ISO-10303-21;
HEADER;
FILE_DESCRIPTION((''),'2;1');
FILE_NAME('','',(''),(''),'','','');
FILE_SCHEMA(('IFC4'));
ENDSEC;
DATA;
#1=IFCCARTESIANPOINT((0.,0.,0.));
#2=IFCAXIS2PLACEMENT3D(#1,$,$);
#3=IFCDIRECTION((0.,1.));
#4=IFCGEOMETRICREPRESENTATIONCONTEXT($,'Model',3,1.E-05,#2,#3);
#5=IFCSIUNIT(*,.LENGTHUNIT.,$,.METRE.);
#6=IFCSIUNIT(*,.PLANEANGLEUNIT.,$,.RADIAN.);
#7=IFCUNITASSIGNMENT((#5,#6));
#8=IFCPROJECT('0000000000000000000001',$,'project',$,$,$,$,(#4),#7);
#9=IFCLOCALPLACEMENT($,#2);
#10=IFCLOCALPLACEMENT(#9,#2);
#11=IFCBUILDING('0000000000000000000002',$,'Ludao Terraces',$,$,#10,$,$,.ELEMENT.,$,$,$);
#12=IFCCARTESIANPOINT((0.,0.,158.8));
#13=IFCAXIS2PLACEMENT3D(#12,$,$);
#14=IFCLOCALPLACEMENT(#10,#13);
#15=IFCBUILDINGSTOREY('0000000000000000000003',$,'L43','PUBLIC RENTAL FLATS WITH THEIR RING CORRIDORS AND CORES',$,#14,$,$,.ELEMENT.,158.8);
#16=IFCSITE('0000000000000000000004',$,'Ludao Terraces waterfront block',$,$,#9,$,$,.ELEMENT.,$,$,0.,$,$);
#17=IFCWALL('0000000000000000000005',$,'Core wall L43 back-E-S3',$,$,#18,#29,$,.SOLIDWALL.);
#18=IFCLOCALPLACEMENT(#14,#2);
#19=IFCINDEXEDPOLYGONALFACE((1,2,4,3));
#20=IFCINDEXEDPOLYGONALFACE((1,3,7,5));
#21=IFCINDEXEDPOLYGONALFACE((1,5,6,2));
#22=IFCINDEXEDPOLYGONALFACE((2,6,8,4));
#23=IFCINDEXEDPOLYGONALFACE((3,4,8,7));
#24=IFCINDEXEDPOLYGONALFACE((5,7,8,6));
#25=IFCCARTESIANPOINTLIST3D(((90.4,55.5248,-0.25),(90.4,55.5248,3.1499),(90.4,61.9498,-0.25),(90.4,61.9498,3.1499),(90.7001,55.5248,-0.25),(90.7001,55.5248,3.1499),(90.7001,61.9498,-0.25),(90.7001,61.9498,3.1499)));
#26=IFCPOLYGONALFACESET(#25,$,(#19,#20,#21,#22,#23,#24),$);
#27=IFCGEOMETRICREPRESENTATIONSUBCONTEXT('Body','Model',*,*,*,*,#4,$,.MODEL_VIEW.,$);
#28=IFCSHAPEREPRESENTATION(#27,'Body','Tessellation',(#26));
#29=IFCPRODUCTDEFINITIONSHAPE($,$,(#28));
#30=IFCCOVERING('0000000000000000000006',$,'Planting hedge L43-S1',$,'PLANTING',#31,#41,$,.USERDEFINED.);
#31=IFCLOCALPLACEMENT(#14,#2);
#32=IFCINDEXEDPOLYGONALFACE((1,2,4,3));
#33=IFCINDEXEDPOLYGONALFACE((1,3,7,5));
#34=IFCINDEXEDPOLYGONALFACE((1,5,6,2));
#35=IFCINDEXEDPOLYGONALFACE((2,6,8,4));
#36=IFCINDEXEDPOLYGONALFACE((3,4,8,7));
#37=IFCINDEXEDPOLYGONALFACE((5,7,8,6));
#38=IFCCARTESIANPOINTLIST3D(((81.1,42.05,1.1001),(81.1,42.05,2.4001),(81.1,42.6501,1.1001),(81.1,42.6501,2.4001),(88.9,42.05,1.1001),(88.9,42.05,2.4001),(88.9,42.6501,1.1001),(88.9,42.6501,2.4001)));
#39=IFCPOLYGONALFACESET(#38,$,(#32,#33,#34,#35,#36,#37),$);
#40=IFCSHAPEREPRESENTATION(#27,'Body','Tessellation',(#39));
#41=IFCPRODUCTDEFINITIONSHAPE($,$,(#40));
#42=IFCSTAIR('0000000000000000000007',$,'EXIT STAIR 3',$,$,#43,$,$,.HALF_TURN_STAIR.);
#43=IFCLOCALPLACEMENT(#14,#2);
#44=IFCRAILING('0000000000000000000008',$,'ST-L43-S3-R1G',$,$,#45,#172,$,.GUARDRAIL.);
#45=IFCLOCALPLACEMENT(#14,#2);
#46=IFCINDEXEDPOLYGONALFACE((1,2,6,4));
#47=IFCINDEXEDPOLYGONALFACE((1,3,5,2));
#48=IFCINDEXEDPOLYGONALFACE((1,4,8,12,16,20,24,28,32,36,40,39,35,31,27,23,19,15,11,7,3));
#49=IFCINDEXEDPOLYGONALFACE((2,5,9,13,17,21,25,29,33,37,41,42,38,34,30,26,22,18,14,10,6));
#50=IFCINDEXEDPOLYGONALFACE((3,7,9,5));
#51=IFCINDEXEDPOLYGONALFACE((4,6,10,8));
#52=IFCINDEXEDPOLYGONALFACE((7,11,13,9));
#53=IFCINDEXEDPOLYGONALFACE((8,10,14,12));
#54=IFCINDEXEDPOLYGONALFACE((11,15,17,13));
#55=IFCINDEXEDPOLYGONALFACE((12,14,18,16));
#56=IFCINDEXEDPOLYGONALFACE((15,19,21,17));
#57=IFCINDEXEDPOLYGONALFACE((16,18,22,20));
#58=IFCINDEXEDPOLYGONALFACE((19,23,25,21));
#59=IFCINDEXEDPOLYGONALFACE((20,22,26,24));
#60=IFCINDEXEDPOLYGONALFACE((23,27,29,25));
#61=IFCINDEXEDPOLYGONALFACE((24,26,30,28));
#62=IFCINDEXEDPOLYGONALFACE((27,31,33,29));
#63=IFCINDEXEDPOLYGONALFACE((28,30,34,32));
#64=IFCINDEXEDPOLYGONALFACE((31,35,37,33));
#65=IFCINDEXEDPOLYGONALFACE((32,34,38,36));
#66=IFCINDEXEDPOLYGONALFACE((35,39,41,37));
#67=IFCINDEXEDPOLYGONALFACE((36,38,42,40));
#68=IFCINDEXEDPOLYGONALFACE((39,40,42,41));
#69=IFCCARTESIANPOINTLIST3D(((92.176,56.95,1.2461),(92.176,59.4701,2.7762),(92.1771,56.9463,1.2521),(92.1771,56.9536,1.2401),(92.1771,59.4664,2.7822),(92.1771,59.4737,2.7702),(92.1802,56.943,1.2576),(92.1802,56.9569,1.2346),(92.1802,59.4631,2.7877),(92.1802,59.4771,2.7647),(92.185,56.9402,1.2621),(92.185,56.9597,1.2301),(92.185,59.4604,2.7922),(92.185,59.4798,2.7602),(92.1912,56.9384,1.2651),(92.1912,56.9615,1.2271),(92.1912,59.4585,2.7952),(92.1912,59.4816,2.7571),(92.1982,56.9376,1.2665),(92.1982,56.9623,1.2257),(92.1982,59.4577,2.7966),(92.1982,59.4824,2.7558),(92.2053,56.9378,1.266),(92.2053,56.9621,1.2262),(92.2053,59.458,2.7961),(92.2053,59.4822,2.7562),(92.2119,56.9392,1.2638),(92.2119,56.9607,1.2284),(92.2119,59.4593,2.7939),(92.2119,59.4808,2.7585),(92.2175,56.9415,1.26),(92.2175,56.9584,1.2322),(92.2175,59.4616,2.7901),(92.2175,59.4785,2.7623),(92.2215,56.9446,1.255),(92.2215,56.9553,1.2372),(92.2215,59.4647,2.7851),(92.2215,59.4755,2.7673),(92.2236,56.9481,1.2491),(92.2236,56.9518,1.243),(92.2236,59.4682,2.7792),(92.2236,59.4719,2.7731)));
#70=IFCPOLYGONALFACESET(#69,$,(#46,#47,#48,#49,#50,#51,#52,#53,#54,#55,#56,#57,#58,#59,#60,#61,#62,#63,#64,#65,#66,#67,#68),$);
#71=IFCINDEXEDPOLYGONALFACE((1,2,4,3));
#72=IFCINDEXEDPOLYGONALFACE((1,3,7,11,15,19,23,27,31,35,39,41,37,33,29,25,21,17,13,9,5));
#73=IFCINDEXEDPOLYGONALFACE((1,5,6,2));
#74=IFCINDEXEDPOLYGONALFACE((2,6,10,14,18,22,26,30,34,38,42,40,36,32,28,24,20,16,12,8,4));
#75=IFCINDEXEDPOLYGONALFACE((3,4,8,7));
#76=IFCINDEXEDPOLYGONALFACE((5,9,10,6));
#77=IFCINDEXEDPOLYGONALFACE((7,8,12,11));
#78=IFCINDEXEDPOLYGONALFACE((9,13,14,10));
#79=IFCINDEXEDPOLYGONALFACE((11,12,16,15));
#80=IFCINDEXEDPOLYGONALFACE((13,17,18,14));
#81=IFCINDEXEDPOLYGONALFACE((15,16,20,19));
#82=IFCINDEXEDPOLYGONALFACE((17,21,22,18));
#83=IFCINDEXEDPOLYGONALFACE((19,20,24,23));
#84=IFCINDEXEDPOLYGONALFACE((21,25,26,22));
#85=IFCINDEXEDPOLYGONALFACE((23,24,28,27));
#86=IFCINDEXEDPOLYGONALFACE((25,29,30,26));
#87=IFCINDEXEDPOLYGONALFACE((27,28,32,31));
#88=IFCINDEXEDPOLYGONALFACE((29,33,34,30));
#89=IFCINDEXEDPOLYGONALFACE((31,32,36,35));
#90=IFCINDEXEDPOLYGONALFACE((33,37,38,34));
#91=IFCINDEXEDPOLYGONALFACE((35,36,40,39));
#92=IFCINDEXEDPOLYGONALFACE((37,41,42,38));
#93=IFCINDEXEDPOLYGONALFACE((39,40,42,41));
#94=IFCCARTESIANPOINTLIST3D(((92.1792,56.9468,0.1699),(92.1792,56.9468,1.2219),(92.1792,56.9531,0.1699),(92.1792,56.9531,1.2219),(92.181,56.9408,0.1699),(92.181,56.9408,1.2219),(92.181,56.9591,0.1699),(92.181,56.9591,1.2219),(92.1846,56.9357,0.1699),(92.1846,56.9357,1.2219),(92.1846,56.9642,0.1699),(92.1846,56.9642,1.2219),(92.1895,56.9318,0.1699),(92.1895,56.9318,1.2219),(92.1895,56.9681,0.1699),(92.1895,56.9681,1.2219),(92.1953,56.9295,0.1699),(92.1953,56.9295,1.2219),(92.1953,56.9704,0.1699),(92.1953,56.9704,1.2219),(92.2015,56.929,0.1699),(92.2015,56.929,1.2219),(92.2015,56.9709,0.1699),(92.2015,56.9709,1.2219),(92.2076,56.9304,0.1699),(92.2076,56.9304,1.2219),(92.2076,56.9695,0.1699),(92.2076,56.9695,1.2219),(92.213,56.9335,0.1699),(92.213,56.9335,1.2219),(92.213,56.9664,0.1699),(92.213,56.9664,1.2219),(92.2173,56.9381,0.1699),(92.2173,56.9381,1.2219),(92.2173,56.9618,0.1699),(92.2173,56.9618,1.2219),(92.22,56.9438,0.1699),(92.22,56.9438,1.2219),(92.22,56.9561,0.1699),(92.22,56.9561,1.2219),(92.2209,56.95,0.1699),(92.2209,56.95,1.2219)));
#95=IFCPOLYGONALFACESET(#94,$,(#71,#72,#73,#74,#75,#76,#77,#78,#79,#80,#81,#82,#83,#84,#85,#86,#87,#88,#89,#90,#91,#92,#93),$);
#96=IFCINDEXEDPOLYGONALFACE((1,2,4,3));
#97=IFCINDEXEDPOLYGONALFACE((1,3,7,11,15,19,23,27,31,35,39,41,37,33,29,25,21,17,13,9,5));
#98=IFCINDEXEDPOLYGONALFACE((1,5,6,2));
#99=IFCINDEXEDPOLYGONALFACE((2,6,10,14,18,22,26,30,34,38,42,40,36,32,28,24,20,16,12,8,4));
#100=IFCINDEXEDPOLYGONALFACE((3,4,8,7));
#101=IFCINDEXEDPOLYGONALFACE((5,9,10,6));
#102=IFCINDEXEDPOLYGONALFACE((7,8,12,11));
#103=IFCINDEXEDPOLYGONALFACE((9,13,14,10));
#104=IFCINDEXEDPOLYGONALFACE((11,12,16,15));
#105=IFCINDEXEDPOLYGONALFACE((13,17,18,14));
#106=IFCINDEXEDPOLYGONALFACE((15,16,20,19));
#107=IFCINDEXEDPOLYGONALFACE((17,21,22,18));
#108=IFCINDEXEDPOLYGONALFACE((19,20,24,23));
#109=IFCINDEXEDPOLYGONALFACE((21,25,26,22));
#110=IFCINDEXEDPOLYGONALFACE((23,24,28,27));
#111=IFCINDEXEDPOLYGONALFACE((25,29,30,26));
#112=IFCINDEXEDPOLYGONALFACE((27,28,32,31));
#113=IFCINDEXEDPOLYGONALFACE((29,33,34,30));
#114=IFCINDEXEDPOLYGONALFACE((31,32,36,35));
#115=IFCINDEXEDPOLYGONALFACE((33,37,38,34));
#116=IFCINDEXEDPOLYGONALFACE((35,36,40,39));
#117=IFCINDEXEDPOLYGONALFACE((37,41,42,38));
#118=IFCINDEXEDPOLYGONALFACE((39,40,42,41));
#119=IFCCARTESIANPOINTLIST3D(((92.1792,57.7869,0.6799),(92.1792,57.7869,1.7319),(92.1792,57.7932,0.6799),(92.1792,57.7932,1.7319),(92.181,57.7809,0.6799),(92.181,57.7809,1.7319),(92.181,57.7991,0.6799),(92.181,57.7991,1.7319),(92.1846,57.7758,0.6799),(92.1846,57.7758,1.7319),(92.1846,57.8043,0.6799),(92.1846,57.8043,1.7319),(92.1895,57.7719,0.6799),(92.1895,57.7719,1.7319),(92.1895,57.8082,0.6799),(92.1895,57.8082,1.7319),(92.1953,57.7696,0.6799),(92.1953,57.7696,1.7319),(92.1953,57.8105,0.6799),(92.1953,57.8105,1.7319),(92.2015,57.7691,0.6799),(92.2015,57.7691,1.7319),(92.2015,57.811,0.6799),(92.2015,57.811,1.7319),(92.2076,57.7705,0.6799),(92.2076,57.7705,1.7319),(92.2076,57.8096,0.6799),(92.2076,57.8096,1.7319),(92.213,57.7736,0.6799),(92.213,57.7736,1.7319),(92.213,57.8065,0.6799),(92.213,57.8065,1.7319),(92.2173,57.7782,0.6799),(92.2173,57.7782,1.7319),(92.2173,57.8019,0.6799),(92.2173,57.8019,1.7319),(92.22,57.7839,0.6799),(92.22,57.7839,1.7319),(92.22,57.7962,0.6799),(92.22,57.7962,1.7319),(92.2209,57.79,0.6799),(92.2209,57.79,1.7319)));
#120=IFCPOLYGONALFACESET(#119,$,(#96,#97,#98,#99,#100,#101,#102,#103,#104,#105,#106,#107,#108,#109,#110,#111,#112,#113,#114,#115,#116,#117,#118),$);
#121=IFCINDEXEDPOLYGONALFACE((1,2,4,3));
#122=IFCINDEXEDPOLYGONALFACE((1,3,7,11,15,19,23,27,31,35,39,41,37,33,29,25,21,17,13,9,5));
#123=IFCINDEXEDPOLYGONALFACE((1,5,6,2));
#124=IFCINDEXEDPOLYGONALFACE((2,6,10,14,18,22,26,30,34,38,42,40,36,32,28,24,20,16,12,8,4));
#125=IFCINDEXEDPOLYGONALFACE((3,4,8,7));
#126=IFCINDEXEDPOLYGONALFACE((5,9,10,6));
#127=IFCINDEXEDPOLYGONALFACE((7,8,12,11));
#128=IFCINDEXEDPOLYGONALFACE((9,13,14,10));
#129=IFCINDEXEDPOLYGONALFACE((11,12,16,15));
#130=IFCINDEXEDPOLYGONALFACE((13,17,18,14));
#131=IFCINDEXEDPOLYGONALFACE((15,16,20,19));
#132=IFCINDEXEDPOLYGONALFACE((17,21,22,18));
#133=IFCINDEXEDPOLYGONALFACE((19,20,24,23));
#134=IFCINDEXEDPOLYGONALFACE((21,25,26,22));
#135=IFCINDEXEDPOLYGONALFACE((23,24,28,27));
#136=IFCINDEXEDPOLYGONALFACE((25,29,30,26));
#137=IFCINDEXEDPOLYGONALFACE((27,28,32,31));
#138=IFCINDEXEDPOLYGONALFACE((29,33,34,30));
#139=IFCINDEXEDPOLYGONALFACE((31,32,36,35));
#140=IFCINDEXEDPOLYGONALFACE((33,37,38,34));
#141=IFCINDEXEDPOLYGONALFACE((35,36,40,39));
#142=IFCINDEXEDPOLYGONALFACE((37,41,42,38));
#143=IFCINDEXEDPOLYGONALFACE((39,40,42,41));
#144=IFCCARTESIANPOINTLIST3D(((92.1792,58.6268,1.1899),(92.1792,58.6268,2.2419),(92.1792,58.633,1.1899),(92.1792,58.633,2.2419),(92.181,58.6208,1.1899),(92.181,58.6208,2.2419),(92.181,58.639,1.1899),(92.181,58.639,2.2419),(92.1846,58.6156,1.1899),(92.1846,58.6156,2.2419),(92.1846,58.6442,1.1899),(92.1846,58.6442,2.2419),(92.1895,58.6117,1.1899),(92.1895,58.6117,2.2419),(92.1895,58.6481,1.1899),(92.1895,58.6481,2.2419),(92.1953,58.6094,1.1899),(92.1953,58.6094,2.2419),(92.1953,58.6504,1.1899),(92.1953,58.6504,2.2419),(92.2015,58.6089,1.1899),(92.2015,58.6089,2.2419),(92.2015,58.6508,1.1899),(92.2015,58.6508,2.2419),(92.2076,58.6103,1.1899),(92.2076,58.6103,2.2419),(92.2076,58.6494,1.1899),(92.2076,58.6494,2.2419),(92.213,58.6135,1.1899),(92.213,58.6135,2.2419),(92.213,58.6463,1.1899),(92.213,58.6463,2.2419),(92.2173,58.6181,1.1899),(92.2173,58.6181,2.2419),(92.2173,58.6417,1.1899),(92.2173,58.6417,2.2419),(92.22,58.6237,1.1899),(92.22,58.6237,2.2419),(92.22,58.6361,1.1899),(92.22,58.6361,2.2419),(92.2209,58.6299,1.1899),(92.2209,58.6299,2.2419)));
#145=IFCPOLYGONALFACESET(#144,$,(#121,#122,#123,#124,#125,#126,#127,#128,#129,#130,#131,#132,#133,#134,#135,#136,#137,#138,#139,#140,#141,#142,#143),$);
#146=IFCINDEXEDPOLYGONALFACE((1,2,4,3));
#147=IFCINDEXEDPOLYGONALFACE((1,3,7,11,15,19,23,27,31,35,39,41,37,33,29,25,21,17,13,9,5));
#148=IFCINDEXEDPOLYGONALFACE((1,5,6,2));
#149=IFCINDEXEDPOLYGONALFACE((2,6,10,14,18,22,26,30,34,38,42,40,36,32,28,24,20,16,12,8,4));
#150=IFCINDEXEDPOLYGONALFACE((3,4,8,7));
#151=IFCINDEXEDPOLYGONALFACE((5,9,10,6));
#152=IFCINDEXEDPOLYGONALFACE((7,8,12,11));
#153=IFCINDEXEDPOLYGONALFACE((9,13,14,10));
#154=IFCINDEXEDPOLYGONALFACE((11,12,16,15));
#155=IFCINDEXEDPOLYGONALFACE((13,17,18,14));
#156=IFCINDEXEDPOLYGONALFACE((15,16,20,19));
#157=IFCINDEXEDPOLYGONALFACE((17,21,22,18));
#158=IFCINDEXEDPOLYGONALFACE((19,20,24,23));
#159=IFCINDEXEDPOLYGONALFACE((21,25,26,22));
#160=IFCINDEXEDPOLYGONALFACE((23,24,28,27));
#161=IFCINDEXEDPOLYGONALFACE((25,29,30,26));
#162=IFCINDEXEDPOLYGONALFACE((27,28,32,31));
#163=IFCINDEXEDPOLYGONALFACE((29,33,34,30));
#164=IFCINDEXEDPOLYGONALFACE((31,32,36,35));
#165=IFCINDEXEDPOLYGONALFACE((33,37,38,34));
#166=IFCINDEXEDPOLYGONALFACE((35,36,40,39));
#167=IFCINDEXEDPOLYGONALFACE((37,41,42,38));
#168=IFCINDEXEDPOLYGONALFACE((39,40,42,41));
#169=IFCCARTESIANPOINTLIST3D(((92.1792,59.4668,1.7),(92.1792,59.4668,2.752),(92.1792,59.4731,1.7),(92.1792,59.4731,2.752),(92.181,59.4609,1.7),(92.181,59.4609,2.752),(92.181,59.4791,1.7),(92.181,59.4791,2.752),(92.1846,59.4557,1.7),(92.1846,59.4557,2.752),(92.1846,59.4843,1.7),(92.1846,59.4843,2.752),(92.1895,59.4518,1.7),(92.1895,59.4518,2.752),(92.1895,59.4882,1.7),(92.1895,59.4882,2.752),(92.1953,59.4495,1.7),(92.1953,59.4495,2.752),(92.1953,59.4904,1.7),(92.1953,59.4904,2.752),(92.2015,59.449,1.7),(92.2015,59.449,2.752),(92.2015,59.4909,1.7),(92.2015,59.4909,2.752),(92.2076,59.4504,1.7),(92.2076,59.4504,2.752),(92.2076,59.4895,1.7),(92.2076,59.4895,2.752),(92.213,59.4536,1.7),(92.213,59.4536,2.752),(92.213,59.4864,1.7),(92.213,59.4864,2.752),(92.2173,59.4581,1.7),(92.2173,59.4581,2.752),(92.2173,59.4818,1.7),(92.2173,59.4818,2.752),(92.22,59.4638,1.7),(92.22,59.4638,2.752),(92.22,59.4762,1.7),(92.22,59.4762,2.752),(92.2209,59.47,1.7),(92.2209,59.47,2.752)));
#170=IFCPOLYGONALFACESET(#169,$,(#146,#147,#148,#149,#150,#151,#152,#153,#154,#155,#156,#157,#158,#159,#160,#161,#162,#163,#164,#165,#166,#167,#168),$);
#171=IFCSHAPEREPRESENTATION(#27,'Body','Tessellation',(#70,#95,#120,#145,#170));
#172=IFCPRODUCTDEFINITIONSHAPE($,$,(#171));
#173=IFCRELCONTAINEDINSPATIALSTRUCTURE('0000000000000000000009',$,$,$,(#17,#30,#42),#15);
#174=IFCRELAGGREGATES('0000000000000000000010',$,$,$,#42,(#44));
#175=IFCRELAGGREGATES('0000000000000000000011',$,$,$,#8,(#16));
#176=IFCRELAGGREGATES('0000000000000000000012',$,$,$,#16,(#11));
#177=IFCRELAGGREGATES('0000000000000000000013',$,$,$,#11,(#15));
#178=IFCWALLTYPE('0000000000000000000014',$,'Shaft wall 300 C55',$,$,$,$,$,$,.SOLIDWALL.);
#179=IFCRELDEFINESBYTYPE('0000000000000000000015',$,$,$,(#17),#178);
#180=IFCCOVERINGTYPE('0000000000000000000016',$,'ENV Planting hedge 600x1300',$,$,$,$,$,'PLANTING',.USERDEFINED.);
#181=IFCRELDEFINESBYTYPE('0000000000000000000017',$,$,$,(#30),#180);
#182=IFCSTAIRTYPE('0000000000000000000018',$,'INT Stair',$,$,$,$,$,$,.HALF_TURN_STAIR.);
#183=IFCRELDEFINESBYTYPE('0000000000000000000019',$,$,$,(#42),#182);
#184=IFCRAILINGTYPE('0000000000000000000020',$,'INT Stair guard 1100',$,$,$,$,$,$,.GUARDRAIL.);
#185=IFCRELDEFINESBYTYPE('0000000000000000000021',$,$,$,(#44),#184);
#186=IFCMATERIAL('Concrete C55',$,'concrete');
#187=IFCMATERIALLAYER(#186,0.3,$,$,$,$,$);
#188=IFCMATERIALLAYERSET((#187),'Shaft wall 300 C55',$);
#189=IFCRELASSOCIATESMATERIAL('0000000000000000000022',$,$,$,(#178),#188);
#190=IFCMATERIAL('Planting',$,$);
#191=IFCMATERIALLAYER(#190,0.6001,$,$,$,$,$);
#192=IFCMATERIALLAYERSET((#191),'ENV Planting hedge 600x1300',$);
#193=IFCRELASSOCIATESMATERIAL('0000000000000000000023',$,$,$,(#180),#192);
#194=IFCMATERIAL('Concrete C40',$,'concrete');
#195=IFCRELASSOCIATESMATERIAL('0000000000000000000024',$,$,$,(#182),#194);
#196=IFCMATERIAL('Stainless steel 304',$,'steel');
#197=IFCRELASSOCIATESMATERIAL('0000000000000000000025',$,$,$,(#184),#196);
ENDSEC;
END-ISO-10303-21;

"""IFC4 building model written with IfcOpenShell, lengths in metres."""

from ifc_helpers import new_model, si_unit, direction, frame, frame_2d, origin, origin_2d, place, context, subcontext, project, spatial, rectangle, circle, extrude, material, layer, layer_set, type_object, element, aggregate, save


model = new_model("IFC4")

# Units and contexts
model_context = context("Model", 3, precision=1e-05, world=origin(), true_north=direction((0.0, 1.0)))
body_context = subcontext(model_context, "Body", "Model", "MODEL_VIEW")
ifc_project = project(units=[si_unit("LENGTHUNIT", "METRE"), si_unit("PLANEANGLEUNIT", "RADIAN")], contexts=[model_context])

# Site, building, storey
site_placement = place(None, origin())
site = spatial("IfcSite", under=ifc_project, at=site_placement, Name="Ludao Terraces waterfront block", CompositionType="ELEMENT", RefElevation=0.0)
building_placement = place(site_placement, origin())
building = spatial("IfcBuilding", under=site, at=building_placement, Name="Ludao Terraces", CompositionType="ELEMENT")
storey_placement = place(building_placement, frame((0.0, 0.0, 158.8)))
storey = spatial("IfcBuildingStorey", under=building, at=storey_placement, Name="L43", Description="PUBLIC RENTAL FLATS WITH THEIR RING CORRIDORS AND CORES", CompositionType="ELEMENT", Elevation=158.8)

# Shared definitions
ifc_material_1 = material(Name="Concrete C40", Category="concrete")

# Wall
ifc_material_2 = material(Name="Concrete C55", Category="concrete")
ifc_layer_1 = layer(ifc_material_2, 0.3)
ifc_layer_set_1 = layer_set([ifc_layer_1], Name="Shaft wall 300 C55")
wall_type_1 = type_object("IfcWallType", Name="Shaft wall 300 C55", PredefinedType="SOLIDWALL", material=ifc_layer_set_1)
wall_1_placement = place(storey_placement, frame((90.55, 55.5249, -0.25), z_axis=(0.0, 0.0, 1.0), x_axis=(0.0, 1.0, 0.0)))
element("IfcWall", 1, at=wall_1_placement, inside=storey, type_object=wall_type_1, Name="Core wall L43 back-E-S3", PredefinedType="SOLIDWALL", context=body_context, shape_type="SweptSolid", body=[
    extrude(rectangle(XDim=6.425, YDim=0.3, at=frame_2d((3.2124, 0.0))), origin(), (0.0, 0.0, 1.0), 3.3999),
])

# Covering
ifc_material_3 = material(Name="Planting")
ifc_layer_2 = layer(ifc_material_3, 0.6001)
ifc_layer_set_2 = layer_set([ifc_layer_2], Name="ENV Planting hedge 600x1300")
covering_type = type_object("IfcCoveringType", Name="ENV Planting hedge 600x1300", ElementType="PLANTING", PredefinedType="USERDEFINED", material=ifc_layer_set_2)
covering_placement = place(storey_placement, frame((85.0, 42.3501, 1.1001), z_axis=(0.0, 0.0, 1.0), x_axis=(1.0, 0.0, 0.0)))
element("IfcCovering", 2, at=covering_placement, inside=storey, type_object=covering_type, Name="Planting hedge L43-S1", ObjectType="PLANTING", PredefinedType="USERDEFINED", context=body_context, shape_type="SweptSolid", body=[
    extrude(rectangle(XDim=7.8, YDim=0.6001, at=origin_2d()), origin(), (0.0, 0.0, 1.0), 1.3),
])

# Stair, railing
stair_type = type_object("IfcStairType", Name="INT Stair", PredefinedType="HALF_TURN_STAIR", material=ifc_material_1)
stair_placement = place(storey_placement, origin())
stair = element("IfcStair", 3, at=stair_placement, inside=storey, type_object=stair_type, Name="EXIT STAIR 3", PredefinedType="HALF_TURN_STAIR")
ifc_material_4 = material(Name="Stainless steel 304", Category="steel")
railing_type_1 = type_object("IfcRailingType", Name="INT Stair guard 1100", PredefinedType="GUARDRAIL", material=ifc_material_4)
railing_1_placement = place(storey_placement, frame((92.2, 56.95, 0.1699)))
railing_1 = element("IfcRailing", 4, at=railing_1_placement, type_object=railing_type_1, Name="ST-L43-S3-R1G", PredefinedType="GUARDRAIL", context=body_context, shape_type="SweptSolid", body=[
    extrude(circle(Radius=0.0239, at=origin_2d()), frame((0.0, 0.0, 1.0762), z_axis=(0.0, 0.854785, 0.518982), x_axis=(-1.0, 0.0, 0.0)), (0.0, 0.0, 1.0), 2.9482),
    extrude(circle(Radius=0.021, at=origin_2d()), origin(), (0.0, 0.0, 1.0), 1.052),
    extrude(circle(Radius=0.021, at=origin_2d()), frame((0.0, 0.8401, 0.51)), (0.0, 0.0, 1.0), 1.052),
    extrude(circle(Radius=0.021, at=origin_2d()), frame((0.0, 1.6799, 1.02)), (0.0, 0.0, 1.0), 1.052),
    extrude(circle(Radius=0.021, at=origin_2d()), frame((0.0, 2.52, 1.53)), (0.0, 0.0, 1.0), 1.052),
])
aggregate(stair, [railing_1])

save(model, "model.ifc")
